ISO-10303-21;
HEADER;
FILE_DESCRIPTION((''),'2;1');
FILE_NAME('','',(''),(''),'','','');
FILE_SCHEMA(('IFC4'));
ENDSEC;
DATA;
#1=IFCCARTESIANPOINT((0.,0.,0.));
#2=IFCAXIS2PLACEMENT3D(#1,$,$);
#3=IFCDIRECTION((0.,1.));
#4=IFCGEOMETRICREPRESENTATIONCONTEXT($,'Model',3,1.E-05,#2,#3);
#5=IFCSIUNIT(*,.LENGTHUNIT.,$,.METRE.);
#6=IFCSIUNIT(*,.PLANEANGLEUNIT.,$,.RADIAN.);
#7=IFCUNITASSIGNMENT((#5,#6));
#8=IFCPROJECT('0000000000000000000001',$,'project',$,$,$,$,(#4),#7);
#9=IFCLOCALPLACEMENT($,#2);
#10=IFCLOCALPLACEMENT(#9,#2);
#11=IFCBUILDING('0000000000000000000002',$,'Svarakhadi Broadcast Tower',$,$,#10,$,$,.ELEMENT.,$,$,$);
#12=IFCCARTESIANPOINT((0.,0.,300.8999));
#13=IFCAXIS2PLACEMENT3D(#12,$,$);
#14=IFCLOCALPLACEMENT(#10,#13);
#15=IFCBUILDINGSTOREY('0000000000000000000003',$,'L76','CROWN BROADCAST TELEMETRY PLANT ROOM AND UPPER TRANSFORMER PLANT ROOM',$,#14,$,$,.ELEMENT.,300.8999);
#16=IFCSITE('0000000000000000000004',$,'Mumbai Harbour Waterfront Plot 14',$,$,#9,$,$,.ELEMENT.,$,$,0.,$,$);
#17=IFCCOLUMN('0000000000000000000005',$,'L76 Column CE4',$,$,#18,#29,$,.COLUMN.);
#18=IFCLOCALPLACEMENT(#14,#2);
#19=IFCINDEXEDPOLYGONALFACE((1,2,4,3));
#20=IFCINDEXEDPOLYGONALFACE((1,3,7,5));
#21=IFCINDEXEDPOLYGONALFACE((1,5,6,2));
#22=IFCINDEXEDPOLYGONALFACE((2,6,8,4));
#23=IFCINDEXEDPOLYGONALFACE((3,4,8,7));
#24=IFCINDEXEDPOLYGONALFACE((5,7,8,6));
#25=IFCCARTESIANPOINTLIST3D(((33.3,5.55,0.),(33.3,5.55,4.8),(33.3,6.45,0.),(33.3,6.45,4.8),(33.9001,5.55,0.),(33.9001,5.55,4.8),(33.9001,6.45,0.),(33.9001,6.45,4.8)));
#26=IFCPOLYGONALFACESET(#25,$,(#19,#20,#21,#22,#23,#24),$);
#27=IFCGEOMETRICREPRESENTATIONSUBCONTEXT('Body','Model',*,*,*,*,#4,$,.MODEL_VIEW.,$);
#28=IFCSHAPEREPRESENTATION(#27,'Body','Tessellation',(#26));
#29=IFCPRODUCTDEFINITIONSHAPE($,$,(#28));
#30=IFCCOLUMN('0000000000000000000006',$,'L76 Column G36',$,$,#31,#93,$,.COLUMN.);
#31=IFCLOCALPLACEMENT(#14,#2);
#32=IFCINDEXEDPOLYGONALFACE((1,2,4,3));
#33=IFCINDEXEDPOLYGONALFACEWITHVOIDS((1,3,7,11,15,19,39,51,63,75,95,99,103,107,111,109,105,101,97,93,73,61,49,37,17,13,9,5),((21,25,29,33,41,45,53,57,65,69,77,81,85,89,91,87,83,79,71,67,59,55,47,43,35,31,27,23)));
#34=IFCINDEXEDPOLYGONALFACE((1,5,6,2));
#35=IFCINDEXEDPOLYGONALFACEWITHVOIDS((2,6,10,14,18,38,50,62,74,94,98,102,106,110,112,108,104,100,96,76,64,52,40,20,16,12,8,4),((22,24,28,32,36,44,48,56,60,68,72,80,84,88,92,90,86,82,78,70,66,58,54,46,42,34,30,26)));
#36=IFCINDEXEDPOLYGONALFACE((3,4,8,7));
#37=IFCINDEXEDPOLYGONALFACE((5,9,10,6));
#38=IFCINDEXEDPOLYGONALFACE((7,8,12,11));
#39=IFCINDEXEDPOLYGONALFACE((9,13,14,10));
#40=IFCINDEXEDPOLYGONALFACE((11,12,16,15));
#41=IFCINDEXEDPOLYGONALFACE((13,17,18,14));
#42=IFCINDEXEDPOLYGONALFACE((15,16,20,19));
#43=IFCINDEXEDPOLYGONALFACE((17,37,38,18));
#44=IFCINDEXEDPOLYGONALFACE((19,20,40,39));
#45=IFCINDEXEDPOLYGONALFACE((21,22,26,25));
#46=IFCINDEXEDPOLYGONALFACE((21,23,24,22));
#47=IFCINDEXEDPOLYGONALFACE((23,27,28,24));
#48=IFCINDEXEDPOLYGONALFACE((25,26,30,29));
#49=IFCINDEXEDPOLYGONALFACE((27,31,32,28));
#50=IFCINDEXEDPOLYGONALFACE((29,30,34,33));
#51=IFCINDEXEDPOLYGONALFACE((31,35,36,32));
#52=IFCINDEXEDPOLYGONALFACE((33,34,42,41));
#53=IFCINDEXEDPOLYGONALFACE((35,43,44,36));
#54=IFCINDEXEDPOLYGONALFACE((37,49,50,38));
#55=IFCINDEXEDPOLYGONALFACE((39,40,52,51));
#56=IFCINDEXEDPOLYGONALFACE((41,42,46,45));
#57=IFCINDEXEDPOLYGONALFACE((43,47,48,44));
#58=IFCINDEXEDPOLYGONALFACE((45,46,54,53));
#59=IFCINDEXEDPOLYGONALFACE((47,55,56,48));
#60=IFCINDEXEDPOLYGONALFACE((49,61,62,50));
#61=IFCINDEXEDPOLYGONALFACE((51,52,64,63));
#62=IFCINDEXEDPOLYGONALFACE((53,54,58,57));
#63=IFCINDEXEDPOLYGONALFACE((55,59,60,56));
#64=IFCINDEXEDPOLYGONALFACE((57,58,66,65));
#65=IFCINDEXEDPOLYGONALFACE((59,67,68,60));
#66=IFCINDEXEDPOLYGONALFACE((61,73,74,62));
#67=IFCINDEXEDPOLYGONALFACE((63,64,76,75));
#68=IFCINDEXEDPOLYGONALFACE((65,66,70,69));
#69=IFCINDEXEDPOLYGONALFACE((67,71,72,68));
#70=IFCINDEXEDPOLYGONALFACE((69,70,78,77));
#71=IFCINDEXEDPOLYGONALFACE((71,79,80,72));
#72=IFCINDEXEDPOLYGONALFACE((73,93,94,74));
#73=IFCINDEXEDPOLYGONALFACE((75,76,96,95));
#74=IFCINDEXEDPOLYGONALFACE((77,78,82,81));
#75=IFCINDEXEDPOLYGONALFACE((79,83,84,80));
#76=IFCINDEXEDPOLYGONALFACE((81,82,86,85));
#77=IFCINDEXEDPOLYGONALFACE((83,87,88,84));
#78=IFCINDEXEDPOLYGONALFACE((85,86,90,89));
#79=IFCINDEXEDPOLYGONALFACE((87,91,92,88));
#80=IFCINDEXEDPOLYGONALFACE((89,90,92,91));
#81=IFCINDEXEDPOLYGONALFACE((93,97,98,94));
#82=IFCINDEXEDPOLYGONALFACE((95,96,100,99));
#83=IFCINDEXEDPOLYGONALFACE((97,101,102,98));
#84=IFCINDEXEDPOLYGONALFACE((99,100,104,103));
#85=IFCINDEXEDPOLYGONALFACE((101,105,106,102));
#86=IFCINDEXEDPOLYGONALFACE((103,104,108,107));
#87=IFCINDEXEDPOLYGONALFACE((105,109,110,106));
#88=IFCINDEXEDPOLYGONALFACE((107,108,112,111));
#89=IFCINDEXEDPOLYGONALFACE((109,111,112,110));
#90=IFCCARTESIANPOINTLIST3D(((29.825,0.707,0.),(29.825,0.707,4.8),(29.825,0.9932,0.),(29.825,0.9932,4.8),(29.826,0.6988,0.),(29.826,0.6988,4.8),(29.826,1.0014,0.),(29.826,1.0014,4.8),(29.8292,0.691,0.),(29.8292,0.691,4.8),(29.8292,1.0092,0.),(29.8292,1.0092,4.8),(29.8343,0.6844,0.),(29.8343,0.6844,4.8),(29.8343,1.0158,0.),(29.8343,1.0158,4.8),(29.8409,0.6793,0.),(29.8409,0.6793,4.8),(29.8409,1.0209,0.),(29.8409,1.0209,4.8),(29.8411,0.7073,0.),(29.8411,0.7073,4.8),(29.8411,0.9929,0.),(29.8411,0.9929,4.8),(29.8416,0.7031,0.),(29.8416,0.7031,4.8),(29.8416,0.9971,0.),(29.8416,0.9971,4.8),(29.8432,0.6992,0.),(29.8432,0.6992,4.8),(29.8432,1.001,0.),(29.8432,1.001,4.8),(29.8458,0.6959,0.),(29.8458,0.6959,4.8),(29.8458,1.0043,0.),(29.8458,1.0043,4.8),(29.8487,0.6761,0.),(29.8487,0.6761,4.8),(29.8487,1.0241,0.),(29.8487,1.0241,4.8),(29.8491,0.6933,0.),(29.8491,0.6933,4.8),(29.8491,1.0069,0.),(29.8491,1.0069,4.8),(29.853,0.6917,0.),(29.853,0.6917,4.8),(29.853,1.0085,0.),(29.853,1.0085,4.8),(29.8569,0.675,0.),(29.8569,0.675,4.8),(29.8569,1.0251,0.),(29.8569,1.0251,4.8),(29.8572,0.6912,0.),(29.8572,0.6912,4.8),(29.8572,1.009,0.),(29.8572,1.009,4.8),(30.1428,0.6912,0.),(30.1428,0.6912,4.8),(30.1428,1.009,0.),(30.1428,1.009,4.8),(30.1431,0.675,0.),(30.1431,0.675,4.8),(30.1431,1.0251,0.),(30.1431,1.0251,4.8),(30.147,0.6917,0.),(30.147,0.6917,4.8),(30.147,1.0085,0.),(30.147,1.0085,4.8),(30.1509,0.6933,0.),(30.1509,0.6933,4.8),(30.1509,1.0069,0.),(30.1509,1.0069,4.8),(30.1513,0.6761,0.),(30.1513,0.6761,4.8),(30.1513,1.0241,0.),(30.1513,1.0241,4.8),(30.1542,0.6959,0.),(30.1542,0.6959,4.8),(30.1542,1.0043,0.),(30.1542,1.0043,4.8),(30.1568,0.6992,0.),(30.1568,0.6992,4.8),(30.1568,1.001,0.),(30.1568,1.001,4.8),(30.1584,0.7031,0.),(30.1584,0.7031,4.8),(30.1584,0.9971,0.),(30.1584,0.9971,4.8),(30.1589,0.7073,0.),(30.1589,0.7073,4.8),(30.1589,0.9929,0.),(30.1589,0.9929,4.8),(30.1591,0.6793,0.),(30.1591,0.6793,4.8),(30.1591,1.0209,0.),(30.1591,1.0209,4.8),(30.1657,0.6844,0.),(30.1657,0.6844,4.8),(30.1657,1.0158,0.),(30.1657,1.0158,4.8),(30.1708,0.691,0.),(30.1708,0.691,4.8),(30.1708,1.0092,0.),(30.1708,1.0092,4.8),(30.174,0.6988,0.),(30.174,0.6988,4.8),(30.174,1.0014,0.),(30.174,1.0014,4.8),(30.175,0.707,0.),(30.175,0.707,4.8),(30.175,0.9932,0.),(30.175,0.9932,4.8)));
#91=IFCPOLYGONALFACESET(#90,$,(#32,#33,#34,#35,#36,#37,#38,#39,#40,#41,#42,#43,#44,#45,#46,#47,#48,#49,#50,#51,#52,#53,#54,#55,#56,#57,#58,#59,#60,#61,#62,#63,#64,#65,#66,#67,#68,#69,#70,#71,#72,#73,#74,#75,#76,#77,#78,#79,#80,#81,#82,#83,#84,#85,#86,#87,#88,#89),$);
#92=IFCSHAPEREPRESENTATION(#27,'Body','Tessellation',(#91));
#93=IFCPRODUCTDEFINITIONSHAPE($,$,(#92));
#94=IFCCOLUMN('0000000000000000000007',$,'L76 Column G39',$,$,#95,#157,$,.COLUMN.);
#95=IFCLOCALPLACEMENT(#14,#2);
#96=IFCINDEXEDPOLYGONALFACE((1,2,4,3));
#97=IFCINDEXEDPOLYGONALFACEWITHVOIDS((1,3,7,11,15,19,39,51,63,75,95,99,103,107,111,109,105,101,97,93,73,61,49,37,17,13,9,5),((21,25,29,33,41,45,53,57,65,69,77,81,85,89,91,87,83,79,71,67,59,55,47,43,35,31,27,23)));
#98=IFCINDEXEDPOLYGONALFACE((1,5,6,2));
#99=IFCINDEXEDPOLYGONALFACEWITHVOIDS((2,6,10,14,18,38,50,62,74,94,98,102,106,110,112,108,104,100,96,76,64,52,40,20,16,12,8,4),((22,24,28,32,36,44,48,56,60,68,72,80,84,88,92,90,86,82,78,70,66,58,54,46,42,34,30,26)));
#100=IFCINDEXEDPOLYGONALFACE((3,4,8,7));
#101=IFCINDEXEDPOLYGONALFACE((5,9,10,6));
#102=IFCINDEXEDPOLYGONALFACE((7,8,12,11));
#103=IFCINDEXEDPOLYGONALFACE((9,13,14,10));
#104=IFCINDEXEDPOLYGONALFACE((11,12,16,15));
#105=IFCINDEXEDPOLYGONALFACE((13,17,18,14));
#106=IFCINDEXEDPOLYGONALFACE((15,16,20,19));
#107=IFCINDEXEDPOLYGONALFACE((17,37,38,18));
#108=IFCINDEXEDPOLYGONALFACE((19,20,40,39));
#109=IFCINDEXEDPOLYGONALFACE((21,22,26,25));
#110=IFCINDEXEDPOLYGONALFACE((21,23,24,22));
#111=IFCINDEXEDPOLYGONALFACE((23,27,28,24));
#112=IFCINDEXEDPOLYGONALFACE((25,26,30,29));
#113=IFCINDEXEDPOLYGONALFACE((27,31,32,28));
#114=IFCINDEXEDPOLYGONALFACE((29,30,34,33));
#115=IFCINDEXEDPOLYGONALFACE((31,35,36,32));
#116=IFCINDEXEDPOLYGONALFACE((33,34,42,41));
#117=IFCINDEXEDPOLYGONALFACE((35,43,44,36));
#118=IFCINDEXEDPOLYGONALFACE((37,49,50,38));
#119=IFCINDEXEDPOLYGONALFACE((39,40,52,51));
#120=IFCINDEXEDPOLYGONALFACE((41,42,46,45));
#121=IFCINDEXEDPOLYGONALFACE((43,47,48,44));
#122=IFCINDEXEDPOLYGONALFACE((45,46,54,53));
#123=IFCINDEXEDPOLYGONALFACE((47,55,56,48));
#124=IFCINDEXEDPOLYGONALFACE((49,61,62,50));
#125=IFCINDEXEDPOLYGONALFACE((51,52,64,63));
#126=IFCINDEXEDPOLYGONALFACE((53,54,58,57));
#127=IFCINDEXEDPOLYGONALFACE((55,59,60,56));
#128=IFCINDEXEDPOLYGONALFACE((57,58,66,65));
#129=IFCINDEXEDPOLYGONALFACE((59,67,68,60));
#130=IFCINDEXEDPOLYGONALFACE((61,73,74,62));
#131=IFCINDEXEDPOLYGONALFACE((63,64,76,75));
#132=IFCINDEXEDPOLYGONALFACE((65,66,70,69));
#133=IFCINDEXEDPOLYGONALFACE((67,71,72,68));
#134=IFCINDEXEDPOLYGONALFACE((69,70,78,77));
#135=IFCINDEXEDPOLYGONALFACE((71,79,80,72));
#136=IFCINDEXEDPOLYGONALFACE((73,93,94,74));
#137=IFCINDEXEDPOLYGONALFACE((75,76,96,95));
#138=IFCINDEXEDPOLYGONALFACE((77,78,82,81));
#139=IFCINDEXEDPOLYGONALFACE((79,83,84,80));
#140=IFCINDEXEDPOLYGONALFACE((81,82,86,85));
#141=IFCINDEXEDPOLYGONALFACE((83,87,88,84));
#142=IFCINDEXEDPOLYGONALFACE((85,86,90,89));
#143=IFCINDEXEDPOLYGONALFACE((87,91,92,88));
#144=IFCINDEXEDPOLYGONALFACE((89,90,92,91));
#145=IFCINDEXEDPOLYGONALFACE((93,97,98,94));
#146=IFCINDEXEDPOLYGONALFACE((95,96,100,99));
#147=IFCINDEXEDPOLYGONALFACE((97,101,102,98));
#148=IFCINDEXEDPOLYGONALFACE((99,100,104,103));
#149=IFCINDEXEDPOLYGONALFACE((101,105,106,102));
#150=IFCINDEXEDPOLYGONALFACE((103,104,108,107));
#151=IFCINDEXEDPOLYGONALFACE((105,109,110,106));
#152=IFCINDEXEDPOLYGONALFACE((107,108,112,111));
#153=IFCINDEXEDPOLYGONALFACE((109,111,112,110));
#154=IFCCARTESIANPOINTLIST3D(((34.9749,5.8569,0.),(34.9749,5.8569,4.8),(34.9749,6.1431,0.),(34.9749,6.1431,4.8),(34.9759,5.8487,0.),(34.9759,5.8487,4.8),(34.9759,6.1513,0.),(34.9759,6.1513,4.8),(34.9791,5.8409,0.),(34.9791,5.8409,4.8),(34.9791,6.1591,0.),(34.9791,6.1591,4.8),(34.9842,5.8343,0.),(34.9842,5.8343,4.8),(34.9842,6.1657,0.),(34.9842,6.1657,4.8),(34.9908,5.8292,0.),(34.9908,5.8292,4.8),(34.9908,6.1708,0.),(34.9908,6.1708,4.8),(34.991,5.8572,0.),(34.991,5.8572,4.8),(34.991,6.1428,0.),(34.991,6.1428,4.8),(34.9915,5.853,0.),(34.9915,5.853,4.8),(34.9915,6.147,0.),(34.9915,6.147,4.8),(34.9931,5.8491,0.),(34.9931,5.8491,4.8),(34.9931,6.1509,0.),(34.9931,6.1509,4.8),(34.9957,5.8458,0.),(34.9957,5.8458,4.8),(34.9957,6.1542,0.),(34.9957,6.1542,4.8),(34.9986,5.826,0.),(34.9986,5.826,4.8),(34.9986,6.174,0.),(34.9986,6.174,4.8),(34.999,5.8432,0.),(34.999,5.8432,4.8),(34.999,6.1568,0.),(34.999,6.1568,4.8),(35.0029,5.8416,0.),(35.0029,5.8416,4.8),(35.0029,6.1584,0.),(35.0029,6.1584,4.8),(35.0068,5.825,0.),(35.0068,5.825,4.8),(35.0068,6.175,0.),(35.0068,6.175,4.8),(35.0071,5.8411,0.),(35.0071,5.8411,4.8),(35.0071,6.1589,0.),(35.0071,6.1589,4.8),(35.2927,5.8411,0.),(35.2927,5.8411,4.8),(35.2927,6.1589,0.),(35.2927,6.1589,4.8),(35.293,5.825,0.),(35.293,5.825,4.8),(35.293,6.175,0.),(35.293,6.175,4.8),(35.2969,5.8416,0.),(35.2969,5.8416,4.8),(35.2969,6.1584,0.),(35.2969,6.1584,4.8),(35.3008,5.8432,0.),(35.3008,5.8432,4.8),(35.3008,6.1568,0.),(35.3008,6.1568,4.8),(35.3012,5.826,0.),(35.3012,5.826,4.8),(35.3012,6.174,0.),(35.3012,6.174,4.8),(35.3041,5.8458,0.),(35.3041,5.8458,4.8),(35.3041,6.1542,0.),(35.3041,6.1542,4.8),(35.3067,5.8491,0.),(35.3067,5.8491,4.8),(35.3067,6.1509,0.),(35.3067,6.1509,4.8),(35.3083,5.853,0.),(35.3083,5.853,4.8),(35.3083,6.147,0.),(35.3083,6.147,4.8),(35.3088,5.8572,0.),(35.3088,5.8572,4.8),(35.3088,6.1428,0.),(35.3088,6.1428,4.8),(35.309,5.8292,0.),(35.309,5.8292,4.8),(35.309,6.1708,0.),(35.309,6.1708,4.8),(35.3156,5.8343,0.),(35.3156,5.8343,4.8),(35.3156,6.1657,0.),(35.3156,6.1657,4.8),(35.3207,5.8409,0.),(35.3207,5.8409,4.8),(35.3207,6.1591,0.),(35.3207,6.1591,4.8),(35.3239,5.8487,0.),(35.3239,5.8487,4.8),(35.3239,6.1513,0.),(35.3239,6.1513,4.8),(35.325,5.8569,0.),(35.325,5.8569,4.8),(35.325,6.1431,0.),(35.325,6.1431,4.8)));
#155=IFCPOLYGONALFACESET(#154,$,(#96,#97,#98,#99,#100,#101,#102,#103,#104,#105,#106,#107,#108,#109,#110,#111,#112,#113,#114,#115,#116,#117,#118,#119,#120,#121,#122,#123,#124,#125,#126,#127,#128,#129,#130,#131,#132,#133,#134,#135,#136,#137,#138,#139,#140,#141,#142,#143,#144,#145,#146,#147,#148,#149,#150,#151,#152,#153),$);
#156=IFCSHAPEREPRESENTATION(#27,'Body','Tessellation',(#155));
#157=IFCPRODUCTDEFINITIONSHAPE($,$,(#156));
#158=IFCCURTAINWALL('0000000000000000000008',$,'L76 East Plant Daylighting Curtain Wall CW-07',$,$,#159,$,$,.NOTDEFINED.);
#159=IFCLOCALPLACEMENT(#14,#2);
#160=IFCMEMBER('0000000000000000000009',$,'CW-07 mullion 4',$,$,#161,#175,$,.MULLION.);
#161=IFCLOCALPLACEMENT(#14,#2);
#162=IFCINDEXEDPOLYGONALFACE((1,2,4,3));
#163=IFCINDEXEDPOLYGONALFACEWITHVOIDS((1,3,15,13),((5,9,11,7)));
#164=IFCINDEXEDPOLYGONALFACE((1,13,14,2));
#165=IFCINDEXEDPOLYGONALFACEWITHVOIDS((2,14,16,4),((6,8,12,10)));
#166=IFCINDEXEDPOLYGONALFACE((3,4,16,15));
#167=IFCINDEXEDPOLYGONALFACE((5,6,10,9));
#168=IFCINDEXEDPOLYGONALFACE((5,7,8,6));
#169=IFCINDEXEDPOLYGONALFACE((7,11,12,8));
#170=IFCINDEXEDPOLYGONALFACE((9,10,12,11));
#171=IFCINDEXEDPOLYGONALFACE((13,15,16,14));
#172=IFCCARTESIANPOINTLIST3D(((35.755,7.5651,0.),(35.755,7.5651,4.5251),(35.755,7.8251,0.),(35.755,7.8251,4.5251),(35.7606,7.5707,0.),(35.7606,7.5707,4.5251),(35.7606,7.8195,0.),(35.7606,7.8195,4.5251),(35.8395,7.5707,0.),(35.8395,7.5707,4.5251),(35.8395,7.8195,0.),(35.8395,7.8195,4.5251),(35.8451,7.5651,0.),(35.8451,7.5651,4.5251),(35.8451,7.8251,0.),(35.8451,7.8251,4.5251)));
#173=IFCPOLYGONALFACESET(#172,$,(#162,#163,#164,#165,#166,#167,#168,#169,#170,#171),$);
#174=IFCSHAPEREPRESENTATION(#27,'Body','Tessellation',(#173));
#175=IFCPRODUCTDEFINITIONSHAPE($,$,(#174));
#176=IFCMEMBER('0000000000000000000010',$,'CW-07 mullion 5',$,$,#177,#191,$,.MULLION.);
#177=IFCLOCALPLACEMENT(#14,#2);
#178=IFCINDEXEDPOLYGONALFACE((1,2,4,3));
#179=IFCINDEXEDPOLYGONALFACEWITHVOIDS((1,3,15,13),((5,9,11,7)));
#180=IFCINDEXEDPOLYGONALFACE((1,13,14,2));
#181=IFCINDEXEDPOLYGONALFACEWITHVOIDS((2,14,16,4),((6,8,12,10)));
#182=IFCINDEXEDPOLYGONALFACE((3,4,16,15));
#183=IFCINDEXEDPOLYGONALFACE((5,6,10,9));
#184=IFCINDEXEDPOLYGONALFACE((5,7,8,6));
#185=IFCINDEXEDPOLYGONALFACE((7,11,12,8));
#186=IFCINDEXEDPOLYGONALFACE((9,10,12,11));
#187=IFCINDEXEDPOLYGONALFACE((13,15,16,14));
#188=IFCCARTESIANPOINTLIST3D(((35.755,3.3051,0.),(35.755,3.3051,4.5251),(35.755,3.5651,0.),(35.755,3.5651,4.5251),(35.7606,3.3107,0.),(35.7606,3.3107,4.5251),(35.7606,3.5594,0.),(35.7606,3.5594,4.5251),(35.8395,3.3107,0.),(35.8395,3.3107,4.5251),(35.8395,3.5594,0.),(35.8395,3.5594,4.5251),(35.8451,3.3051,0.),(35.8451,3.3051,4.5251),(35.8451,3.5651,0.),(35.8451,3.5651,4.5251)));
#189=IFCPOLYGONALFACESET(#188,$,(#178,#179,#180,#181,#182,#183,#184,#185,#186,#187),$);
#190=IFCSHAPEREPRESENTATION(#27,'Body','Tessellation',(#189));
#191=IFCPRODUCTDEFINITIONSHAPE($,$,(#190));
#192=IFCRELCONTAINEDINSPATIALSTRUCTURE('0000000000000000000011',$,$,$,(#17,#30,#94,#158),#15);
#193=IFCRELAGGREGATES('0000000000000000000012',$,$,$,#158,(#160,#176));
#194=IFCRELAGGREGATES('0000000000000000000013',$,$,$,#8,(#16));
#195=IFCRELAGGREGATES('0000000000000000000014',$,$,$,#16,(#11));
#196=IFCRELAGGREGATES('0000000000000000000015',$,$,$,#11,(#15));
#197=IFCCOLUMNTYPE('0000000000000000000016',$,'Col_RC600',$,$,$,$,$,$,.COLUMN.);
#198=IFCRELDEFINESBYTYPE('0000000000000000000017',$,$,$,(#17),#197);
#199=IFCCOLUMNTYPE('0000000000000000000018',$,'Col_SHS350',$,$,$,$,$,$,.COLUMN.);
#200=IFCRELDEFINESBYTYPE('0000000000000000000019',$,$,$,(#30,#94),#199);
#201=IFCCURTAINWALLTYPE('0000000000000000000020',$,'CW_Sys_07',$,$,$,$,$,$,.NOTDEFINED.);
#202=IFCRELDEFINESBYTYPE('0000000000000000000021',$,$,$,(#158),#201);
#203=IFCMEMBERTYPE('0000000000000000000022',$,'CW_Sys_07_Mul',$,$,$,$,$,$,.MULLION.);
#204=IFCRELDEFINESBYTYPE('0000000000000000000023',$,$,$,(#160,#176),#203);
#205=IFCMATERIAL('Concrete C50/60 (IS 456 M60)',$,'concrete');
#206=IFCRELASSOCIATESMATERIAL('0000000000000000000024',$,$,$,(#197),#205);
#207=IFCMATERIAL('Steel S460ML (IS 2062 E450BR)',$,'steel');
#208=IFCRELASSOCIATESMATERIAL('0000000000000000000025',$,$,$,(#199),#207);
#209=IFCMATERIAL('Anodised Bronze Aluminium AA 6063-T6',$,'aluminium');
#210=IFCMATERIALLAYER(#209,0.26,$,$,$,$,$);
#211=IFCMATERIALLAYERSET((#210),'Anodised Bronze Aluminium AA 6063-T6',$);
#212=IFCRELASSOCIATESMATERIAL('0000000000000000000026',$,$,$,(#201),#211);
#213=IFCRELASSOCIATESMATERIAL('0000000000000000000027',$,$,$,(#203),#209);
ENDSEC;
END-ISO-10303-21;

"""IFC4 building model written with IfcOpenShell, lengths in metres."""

from ifc_helpers import new_model, si_unit, direction, frame, origin, origin_2d, place, context, subcontext, project, spatial, rectangle, hollow_rectangle, extrude, material, layer, layer_set, material_profile, profile_set, type_object, element, aggregate, save


model = new_model("IFC4")

# Units and contexts
model_context = context("Model", 3, precision=1e-05, world=origin(), true_north=direction((0.0, 1.0)))
body_context = subcontext(model_context, "Body", "Model", "MODEL_VIEW")
ifc_project = project(units=[si_unit("LENGTHUNIT", "METRE"), si_unit("PLANEANGLEUNIT", "RADIAN")], contexts=[model_context])

# Site, building, storey
site_placement = place(None, origin())
site = spatial("IfcSite", under=ifc_project, at=site_placement, Name="Mumbai Harbour Waterfront Plot 14", CompositionType="ELEMENT", RefElevation=0.0)
building_placement = place(site_placement, origin())
building = spatial("IfcBuilding", under=site, at=building_placement, Name="Svarakhadi Broadcast Tower", CompositionType="ELEMENT")
storey_placement = place(building_placement, frame((0.0, 0.0, 300.8999)))
storey = spatial("IfcBuildingStorey", under=building, at=storey_placement, Name="L76", Description="CROWN BROADCAST TELEMETRY PLANT ROOM AND UPPER TRANSFORMER PLANT ROOM", CompositionType="ELEMENT", Elevation=300.8999)

# Columns
ifc_material_1 = material(Name="Concrete C50/60 (IS 456 M60)", Category="concrete")
ifc_material_profile_1 = material_profile(ifc_material_1, rectangle(XDim=0.6001, YDim=0.8999, at=origin_2d()), Name="RC 600x900")
ifc_profile_set_1 = profile_set([ifc_material_profile_1], Name="Concrete C50/60 (IS 456 M60)")
column_type_1 = type_object("IfcColumnType", Name="Col_RC600", PredefinedType="COLUMN", material=ifc_profile_set_1)
column_placement = place(storey_placement, frame((33.6001, 6.0, 0.0), z_axis=(0.0, 0.0, 1.0), x_axis=(1.0, 0.0, 0.0)))
element("IfcColumn", 1, at=column_placement, inside=storey, type_object=column_type_1, Name="L76 Column CE4", PredefinedType="COLUMN", context=body_context, shape_type="SweptSolid", body=[
    extrude(rectangle(XDim=0.6001, YDim=0.8999, at=origin_2d()), origin(), (0.0, 0.0, 1.0), 4.8),
])
ifc_material_2 = material(Name="Steel S460ML (IS 2062 E450BR)", Category="steel")
ifc_material_profile_2 = material_profile(ifc_material_2, hollow_rectangle(XDim=0.3501, YDim=0.3501, WallThickness=0.0161, InnerFilletRadius=0.0161, OuterFilletRadius=0.032, at=origin_2d()), Name="SHS 350x350x16")
ifc_profile_set_2 = profile_set([ifc_material_profile_2], Name="Steel S460ML (IS 2062 E450BR)")
column_type_2 = type_object("IfcColumnType", Name="Col_SHS350", PredefinedType="COLUMN", material=ifc_profile_set_2)
for number, where, z_axis, x_axis, name in (
    (2, (30.0, 0.8501, 0.0), (0.0, 0.0, 1.0), (1.0, 0.0, 0.0), "L76 Column G36"),
    (3, (35.1499, 6.0, 0.0), (0.0, 0.0, 1.0), (1.0, 0.0, 0.0), "L76 Column G39"),
):
    element("IfcColumn", number, at=place(storey_placement, frame(where, z_axis=z_axis, x_axis=x_axis)), inside=storey, type_object=column_type_2, Name=name, PredefinedType="COLUMN", context=body_context, shape_type="SweptSolid", body=[
        extrude(hollow_rectangle(XDim=0.3501, YDim=0.3501, WallThickness=0.0161, InnerFilletRadius=0.0161, OuterFilletRadius=0.032, at=origin_2d()), origin(), (0.0, 0.0, 1.0), 4.8),
    ])

# Curtain wall, members
ifc_material_3 = material(Name="Anodised Bronze Aluminium AA 6063-T6", Category="aluminium")
ifc_layer_1 = layer(ifc_material_3, 0.26)
ifc_layer_set_1 = layer_set([ifc_layer_1], Name="Anodised Bronze Aluminium AA 6063-T6")
curtain_wall_type = type_object("IfcCurtainWallType", Name="CW_Sys_07", PredefinedType="NOTDEFINED", material=ifc_layer_set_1)
curtain_wall_placement = place(storey_placement, origin())
curtain_wall = element("IfcCurtainWall", 4, at=curtain_wall_placement, inside=storey, type_object=curtain_wall_type, Name="L76 East Plant Daylighting Curtain Wall CW-07", PredefinedType="NOTDEFINED")
ifc_material_profile_3 = material_profile(ifc_material_3, hollow_rectangle(XDim=0.0901, YDim=0.26, WallThickness=0.0056, at=origin_2d()), Name="ALU MULLION 260x90x6")
ifc_profile_set_3 = profile_set([ifc_material_profile_3], Name="Anodised Bronze Aluminium AA 6063-T6")
member_type_1 = type_object("IfcMemberType", Name="CW_Sys_07_Mul", PredefinedType="MULLION", material=ifc_profile_set_3)
member_1_placement = place(storey_placement, frame((35.8, 7.6951, 0.0), z_axis=(0.0, 0.0, 1.0), x_axis=(1.0, 0.0, 0.0)))
member_1 = element("IfcMember", 5, at=member_1_placement, type_object=member_type_1, Name="CW-07 mullion 4", PredefinedType="MULLION", context=body_context, shape_type="SweptSolid", body=[
    extrude(hollow_rectangle(XDim=0.0901, YDim=0.26, WallThickness=0.0056, at=origin_2d()), origin(), (0.0, 0.0, 1.0), 4.5251),
])
member_2_placement = place(storey_placement, frame((35.8, 3.4351, 0.0), z_axis=(0.0, 0.0, 1.0), x_axis=(1.0, 0.0, 0.0)))
member_2 = element("IfcMember", 6, at=member_2_placement, type_object=member_type_1, Name="CW-07 mullion 5", PredefinedType="MULLION", context=body_context, shape_type="SweptSolid", body=[
    extrude(hollow_rectangle(XDim=0.0901, YDim=0.26, WallThickness=0.0056, at=origin_2d()), origin(), (0.0, 0.0, 1.0), 4.5251),
])

aggregate(curtain_wall, [member_1, member_2])

save(model, "model.ifc")
